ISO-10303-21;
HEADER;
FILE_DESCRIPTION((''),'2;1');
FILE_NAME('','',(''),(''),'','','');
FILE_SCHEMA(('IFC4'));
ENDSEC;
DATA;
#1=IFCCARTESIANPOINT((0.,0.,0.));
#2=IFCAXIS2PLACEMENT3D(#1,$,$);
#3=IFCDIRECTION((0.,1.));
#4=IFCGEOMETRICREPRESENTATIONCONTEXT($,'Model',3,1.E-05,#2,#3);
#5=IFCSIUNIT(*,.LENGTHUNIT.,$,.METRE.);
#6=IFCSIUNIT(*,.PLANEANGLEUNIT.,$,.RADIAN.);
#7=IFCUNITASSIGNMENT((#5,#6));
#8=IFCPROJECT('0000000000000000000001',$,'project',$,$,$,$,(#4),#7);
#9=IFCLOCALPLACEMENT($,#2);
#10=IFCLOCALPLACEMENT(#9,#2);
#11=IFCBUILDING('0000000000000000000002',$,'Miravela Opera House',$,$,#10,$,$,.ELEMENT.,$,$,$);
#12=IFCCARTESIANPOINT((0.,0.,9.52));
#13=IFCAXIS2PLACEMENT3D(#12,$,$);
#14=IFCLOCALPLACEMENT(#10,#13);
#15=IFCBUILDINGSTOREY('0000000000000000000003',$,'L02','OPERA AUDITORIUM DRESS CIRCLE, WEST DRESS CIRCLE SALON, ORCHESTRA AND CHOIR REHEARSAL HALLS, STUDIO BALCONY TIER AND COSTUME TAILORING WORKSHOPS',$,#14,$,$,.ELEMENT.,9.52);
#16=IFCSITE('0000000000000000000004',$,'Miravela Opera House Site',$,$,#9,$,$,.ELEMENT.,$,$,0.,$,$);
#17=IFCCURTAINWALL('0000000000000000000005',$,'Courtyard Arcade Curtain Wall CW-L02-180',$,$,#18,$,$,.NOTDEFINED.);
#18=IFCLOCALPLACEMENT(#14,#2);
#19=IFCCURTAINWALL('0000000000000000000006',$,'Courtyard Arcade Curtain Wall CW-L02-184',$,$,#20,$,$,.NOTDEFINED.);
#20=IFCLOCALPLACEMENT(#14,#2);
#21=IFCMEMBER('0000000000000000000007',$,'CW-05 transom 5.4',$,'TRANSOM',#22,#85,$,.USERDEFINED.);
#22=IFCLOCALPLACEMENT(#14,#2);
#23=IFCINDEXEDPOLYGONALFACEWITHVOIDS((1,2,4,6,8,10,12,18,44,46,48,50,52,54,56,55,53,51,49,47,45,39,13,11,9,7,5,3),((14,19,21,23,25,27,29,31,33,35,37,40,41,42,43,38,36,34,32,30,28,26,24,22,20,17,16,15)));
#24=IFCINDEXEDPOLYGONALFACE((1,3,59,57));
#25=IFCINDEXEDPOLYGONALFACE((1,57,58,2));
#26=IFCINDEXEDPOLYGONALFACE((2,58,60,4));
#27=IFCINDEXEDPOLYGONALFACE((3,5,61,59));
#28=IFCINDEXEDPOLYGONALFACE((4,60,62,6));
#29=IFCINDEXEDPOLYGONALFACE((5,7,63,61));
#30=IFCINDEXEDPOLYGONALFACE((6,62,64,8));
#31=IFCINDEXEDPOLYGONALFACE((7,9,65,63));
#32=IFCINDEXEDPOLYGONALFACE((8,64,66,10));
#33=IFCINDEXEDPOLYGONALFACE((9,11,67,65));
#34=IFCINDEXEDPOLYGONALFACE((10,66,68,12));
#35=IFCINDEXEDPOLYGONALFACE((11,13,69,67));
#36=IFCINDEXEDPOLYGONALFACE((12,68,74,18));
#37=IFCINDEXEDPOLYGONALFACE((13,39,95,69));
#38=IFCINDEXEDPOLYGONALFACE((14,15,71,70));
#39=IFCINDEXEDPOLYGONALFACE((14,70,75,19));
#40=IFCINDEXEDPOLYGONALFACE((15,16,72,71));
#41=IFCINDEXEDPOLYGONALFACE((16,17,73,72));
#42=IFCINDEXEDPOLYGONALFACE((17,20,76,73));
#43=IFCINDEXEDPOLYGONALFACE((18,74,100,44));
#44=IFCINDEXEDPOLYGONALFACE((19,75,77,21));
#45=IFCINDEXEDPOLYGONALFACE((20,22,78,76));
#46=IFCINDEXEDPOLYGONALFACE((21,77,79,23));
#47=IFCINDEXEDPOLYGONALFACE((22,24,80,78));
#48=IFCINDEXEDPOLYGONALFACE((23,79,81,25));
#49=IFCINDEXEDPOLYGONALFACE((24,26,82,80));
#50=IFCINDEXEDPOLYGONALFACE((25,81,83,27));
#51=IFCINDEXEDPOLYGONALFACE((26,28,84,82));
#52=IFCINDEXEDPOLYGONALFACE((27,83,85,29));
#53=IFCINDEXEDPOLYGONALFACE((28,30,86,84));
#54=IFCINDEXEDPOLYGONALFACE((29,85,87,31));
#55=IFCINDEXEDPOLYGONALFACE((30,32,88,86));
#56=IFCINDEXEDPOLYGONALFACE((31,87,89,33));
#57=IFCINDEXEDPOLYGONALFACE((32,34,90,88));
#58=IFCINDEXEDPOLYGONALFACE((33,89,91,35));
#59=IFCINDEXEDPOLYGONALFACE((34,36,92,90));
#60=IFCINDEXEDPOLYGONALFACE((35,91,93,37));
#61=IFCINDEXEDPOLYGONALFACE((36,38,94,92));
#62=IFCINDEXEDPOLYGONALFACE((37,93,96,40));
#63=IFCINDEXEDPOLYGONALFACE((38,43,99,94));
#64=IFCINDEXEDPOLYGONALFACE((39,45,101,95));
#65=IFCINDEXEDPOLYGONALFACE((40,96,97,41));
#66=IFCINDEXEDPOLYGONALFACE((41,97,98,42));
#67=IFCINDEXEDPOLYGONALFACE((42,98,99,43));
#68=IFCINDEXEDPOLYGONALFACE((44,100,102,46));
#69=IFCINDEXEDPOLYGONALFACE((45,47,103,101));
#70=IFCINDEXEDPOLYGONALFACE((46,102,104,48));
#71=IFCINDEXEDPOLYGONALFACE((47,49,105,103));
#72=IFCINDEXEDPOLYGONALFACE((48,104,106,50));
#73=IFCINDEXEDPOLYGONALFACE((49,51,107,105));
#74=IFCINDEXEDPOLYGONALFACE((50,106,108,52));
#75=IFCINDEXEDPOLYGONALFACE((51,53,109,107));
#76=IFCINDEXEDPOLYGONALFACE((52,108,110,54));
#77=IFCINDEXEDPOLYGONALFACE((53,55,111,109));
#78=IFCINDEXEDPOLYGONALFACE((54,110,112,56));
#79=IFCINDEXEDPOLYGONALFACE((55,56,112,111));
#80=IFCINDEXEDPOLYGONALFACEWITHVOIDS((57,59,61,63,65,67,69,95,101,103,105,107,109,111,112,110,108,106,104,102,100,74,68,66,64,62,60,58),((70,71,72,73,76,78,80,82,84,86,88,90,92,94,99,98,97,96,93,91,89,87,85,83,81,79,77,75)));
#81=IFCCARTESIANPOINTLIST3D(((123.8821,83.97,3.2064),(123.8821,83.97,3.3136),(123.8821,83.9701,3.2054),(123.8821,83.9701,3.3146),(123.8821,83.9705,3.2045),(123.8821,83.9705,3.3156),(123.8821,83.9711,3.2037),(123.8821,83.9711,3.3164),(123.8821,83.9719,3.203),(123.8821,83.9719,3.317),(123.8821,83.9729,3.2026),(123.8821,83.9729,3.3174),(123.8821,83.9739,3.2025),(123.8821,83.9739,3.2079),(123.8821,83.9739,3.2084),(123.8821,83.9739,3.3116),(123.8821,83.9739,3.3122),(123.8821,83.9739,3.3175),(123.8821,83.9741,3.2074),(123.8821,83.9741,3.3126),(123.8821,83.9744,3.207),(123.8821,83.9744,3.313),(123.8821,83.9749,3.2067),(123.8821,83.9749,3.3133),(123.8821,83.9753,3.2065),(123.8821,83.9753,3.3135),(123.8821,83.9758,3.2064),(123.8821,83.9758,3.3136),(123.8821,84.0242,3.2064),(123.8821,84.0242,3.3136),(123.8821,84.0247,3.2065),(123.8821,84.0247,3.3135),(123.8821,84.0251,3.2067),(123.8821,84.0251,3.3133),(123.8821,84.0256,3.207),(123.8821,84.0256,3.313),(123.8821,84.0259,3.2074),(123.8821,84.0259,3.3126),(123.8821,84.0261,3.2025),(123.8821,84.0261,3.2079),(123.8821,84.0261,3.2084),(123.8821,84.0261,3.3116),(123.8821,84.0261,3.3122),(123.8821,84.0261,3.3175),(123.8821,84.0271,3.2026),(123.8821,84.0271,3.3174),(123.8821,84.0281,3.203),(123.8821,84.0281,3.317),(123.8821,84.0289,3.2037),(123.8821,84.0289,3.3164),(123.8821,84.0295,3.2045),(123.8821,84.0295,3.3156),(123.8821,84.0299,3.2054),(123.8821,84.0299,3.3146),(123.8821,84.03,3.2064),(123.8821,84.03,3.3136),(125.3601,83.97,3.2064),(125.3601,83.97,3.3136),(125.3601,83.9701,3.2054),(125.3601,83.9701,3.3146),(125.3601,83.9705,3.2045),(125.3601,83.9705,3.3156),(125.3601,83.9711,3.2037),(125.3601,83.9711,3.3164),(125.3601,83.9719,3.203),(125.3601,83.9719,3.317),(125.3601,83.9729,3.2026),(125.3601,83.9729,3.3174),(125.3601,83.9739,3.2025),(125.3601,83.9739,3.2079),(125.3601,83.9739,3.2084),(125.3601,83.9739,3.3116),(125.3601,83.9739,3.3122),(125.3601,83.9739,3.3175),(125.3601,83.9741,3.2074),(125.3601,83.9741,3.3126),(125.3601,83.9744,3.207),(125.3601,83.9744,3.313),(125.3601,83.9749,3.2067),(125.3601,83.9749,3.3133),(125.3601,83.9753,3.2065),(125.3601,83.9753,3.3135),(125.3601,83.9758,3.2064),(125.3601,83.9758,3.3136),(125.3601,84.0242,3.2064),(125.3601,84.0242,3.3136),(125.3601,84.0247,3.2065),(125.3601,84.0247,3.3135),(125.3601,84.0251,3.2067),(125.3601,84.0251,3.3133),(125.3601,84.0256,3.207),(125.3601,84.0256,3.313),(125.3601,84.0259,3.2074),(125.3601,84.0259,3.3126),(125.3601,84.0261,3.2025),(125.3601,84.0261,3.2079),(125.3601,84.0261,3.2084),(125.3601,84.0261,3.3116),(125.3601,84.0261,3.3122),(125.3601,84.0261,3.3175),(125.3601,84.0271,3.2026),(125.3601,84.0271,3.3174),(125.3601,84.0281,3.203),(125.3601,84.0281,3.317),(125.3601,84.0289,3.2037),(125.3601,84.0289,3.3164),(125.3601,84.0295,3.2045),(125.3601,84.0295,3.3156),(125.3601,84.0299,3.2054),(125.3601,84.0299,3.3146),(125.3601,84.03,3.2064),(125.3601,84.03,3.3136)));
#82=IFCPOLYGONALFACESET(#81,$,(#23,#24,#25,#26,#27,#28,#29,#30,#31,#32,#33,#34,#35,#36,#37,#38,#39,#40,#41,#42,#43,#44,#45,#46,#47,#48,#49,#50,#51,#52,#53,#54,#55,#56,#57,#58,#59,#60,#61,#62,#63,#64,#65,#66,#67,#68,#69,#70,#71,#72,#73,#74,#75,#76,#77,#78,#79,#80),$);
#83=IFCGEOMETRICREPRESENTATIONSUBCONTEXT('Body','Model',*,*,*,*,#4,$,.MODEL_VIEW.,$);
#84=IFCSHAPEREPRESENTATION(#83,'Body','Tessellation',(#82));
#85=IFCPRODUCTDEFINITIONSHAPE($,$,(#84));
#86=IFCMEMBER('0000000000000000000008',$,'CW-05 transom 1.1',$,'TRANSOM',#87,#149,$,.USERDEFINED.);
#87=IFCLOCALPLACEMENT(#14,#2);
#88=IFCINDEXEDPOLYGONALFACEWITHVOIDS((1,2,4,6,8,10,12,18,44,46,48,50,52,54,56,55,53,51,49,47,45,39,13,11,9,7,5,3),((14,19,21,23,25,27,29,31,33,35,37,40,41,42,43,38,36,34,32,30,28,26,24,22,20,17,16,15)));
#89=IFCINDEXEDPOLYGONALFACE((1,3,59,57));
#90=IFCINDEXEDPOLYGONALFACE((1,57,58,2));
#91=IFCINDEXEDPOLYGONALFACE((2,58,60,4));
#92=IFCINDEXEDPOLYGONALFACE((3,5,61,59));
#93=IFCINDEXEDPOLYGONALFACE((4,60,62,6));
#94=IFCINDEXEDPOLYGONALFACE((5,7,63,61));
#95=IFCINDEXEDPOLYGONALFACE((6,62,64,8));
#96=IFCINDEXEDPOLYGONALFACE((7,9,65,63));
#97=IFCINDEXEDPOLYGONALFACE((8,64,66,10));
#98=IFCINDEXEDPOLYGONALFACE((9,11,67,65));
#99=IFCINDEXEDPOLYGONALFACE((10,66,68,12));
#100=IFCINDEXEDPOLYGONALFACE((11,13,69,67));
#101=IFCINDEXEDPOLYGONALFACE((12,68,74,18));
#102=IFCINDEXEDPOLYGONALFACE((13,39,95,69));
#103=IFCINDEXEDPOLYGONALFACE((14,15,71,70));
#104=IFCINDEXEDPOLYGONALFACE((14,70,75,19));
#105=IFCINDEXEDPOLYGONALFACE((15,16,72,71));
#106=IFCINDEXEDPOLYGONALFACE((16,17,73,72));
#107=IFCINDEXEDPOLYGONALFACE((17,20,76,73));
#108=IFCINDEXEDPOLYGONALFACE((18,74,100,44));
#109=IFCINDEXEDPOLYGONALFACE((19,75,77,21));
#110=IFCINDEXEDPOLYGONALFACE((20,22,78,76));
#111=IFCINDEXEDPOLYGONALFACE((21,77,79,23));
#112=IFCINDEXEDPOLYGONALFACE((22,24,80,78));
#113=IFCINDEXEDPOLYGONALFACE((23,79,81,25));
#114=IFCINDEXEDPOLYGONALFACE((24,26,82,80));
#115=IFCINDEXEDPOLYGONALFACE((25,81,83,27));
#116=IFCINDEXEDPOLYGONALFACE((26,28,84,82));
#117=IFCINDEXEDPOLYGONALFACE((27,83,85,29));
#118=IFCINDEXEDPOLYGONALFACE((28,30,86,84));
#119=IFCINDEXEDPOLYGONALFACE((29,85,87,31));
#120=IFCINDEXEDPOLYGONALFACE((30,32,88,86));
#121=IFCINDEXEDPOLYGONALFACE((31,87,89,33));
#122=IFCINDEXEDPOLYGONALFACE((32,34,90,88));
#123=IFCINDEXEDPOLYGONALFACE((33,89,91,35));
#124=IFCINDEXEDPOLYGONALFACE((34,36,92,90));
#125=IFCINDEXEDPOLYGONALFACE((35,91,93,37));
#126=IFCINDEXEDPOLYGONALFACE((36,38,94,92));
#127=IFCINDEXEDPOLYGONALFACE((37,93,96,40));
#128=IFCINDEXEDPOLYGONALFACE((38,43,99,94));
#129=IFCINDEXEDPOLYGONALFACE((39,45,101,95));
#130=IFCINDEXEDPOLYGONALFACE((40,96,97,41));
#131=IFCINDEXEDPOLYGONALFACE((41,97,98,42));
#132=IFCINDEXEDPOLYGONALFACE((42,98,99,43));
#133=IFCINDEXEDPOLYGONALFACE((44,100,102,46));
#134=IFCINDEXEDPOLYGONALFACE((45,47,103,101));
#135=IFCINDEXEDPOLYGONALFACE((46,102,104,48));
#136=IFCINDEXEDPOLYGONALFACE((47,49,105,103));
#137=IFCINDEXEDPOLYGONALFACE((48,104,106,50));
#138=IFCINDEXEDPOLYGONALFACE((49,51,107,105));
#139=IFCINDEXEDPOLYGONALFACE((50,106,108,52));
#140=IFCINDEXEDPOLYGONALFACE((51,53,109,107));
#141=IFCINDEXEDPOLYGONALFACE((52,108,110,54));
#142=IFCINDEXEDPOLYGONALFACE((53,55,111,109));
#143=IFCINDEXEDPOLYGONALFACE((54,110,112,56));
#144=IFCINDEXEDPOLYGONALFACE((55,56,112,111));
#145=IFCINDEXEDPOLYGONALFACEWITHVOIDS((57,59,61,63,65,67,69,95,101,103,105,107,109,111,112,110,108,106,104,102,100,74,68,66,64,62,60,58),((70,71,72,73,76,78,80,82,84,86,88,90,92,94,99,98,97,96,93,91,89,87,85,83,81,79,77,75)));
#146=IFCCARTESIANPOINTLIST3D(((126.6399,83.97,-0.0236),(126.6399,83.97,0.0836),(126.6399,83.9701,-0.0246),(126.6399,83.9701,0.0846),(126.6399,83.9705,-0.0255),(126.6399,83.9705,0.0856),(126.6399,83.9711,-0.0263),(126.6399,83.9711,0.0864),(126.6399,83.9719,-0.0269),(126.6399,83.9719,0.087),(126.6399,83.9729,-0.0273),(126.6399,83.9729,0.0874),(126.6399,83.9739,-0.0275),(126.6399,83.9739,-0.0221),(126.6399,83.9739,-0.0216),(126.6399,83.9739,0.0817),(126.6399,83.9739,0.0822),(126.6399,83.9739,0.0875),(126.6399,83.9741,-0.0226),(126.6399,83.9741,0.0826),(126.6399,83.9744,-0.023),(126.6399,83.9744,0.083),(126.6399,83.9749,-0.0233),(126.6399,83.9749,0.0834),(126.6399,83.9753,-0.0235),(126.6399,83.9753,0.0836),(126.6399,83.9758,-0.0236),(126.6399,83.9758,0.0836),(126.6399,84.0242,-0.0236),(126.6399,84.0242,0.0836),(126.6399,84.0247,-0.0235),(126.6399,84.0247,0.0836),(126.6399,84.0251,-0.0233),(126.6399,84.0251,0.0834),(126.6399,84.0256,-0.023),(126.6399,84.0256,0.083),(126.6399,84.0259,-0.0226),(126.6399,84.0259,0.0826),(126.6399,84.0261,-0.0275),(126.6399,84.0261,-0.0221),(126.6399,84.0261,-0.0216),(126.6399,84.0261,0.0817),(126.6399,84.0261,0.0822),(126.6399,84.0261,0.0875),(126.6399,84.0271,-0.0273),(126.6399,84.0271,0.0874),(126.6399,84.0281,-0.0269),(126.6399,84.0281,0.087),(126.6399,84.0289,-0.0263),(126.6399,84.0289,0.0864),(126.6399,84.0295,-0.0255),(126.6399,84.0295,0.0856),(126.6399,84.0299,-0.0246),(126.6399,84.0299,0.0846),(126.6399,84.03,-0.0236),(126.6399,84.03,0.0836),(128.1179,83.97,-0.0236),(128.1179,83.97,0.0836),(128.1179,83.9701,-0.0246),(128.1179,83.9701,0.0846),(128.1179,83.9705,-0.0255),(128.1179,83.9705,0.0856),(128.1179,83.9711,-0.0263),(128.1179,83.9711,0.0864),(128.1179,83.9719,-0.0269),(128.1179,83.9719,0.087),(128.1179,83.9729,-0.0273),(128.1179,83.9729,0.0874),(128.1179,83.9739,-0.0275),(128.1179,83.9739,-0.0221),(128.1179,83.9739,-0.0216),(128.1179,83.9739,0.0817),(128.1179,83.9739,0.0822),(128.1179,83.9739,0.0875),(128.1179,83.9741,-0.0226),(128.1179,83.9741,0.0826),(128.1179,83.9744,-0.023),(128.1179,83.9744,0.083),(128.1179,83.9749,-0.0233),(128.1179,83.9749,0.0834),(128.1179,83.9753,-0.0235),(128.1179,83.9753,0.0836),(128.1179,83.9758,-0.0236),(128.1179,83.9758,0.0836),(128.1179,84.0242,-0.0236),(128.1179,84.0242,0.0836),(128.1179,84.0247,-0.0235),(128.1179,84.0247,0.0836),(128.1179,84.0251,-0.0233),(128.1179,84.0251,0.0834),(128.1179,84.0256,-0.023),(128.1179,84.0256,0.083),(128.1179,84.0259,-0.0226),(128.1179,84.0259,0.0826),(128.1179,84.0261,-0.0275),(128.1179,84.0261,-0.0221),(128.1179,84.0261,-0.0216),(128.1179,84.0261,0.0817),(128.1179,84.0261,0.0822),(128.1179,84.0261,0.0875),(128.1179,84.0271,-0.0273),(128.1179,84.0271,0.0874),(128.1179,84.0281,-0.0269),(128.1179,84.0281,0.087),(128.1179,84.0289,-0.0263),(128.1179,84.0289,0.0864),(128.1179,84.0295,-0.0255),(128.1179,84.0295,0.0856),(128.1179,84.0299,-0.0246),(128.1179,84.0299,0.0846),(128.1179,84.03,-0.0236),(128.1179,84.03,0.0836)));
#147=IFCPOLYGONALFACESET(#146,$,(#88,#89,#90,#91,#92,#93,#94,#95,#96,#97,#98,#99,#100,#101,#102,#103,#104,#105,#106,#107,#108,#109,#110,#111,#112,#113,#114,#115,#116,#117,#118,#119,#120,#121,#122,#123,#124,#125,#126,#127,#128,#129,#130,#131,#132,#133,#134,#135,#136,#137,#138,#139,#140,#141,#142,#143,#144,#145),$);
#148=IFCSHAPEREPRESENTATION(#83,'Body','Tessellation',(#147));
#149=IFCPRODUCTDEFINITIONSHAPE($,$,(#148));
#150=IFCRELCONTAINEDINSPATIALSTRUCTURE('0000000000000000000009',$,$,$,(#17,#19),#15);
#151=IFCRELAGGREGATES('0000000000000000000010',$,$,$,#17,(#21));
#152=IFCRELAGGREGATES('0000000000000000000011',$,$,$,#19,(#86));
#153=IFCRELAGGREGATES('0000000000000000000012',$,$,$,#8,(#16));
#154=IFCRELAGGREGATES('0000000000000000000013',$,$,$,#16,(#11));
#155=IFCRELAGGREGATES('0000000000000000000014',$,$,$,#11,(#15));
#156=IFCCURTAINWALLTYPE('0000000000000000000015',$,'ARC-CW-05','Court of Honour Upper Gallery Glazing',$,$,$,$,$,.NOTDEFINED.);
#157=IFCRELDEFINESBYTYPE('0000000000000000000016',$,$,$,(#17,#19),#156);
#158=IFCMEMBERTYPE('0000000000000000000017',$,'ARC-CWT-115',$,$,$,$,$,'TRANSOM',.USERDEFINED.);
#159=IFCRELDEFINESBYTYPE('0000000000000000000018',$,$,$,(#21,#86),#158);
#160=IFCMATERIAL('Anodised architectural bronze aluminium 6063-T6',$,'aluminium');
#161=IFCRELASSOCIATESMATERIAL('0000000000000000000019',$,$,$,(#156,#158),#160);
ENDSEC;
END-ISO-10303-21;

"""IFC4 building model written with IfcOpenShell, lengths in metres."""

from ifc_helpers import new_model, si_unit, direction, frame, origin, origin_2d, place, context, subcontext, project, spatial, hollow_rectangle, extrude, material, material_profile, profile_set, type_object, element, aggregate, save


model = new_model("IFC4")

# Units and contexts
model_context = context("Model", 3, precision=1e-05, world=origin(), true_north=direction((0.0, 1.0)))
body_context = subcontext(model_context, "Body", "Model", "MODEL_VIEW")
ifc_project = project(units=[si_unit("LENGTHUNIT", "METRE"), si_unit("PLANEANGLEUNIT", "RADIAN")], contexts=[model_context])

# Site, building, storey
site_placement = place(None, origin())
site = spatial("IfcSite", under=ifc_project, at=site_placement, Name="Miravela Opera House Site", CompositionType="ELEMENT", RefElevation=0.0)
building_placement = place(site_placement, origin())
building = spatial("IfcBuilding", under=site, at=building_placement, Name="Miravela Opera House", CompositionType="ELEMENT")
storey_placement = place(building_placement, frame((0.0, 0.0, 9.52)))
storey = spatial("IfcBuildingStorey", under=building, at=storey_placement, Name="L02", Description="OPERA AUDITORIUM DRESS CIRCLE, WEST DRESS CIRCLE SALON, ORCHESTRA AND CHOIR REHEARSAL HALLS, STUDIO BALCONY TIER AND COSTUME TAILORING WORKSHOPS", CompositionType="ELEMENT", Elevation=9.52)

# Curtain walls
ifc_material_1 = material(Name="Anodised architectural bronze aluminium 6063-T6", Category="aluminium")
curtain_wall_type = type_object("IfcCurtainWallType", Name="ARC-CW-05", Description="Court of Honour Upper Gallery Glazing", PredefinedType="NOTDEFINED", material=ifc_material_1)
curtain_wall_1_placement = place(storey_placement, origin())
curtain_wall_1 = element("IfcCurtainWall", 1, at=curtain_wall_1_placement, inside=storey, type_object=curtain_wall_type, Name="Courtyard Arcade Curtain Wall CW-L02-180", PredefinedType="NOTDEFINED")
curtain_wall_2_placement = place(storey_placement, origin())
curtain_wall_2 = element("IfcCurtainWall", 2, at=curtain_wall_2_placement, inside=storey, type_object=curtain_wall_type, Name="Courtyard Arcade Curtain Wall CW-L02-184", PredefinedType="NOTDEFINED")

# Members
ifc_material_profile_1 = material_profile(ifc_material_1, hollow_rectangle(XDim=0.0601, YDim=0.115, WallThickness=0.0039, InnerFilletRadius=0.002, OuterFilletRadius=0.0039, at=origin_2d()), Name="CWT-60X115")
ifc_profile_set_1 = profile_set([ifc_material_profile_1])
member_type_1 = type_object("IfcMemberType", Name="ARC-CWT-115", ElementType="TRANSOM", PredefinedType="USERDEFINED", material=ifc_profile_set_1)
member_1_placement = place(storey_placement, frame((123.8821, 84.0, 3.26), z_axis=(1.0, 0.0, 0.0), x_axis=(0.0, 1.0, 0.0)))
member_1 = element("IfcMember", 3, at=member_1_placement, type_object=member_type_1, Name="CW-05 transom 5.4", ObjectType="TRANSOM", PredefinedType="USERDEFINED", context=body_context, shape_type="SweptSolid", body=[
    extrude(hollow_rectangle(XDim=0.0601, YDim=0.115, WallThickness=0.0039, InnerFilletRadius=0.002, OuterFilletRadius=0.0039, at=origin_2d()), origin(), (0.0, 0.0, 1.0), 1.478),
])
member_2_placement = place(storey_placement, frame((126.6399, 84.0, 0.03), z_axis=(1.0, 0.0, 0.0), x_axis=(0.0, 1.0, 0.0)))
member_2 = element("IfcMember", 4, at=member_2_placement, type_object=member_type_1, Name="CW-05 transom 1.1", ObjectType="TRANSOM", PredefinedType="USERDEFINED", context=body_context, shape_type="SweptSolid", body=[
    extrude(hollow_rectangle(XDim=0.0601, YDim=0.115, WallThickness=0.0039, InnerFilletRadius=0.002, OuterFilletRadius=0.0039, at=origin_2d()), origin(), (0.0, 0.0, 1.0), 1.478),
])

aggregate(curtain_wall_1, [member_1])
aggregate(curtain_wall_2, [member_2])

save(model, "model.ifc")
